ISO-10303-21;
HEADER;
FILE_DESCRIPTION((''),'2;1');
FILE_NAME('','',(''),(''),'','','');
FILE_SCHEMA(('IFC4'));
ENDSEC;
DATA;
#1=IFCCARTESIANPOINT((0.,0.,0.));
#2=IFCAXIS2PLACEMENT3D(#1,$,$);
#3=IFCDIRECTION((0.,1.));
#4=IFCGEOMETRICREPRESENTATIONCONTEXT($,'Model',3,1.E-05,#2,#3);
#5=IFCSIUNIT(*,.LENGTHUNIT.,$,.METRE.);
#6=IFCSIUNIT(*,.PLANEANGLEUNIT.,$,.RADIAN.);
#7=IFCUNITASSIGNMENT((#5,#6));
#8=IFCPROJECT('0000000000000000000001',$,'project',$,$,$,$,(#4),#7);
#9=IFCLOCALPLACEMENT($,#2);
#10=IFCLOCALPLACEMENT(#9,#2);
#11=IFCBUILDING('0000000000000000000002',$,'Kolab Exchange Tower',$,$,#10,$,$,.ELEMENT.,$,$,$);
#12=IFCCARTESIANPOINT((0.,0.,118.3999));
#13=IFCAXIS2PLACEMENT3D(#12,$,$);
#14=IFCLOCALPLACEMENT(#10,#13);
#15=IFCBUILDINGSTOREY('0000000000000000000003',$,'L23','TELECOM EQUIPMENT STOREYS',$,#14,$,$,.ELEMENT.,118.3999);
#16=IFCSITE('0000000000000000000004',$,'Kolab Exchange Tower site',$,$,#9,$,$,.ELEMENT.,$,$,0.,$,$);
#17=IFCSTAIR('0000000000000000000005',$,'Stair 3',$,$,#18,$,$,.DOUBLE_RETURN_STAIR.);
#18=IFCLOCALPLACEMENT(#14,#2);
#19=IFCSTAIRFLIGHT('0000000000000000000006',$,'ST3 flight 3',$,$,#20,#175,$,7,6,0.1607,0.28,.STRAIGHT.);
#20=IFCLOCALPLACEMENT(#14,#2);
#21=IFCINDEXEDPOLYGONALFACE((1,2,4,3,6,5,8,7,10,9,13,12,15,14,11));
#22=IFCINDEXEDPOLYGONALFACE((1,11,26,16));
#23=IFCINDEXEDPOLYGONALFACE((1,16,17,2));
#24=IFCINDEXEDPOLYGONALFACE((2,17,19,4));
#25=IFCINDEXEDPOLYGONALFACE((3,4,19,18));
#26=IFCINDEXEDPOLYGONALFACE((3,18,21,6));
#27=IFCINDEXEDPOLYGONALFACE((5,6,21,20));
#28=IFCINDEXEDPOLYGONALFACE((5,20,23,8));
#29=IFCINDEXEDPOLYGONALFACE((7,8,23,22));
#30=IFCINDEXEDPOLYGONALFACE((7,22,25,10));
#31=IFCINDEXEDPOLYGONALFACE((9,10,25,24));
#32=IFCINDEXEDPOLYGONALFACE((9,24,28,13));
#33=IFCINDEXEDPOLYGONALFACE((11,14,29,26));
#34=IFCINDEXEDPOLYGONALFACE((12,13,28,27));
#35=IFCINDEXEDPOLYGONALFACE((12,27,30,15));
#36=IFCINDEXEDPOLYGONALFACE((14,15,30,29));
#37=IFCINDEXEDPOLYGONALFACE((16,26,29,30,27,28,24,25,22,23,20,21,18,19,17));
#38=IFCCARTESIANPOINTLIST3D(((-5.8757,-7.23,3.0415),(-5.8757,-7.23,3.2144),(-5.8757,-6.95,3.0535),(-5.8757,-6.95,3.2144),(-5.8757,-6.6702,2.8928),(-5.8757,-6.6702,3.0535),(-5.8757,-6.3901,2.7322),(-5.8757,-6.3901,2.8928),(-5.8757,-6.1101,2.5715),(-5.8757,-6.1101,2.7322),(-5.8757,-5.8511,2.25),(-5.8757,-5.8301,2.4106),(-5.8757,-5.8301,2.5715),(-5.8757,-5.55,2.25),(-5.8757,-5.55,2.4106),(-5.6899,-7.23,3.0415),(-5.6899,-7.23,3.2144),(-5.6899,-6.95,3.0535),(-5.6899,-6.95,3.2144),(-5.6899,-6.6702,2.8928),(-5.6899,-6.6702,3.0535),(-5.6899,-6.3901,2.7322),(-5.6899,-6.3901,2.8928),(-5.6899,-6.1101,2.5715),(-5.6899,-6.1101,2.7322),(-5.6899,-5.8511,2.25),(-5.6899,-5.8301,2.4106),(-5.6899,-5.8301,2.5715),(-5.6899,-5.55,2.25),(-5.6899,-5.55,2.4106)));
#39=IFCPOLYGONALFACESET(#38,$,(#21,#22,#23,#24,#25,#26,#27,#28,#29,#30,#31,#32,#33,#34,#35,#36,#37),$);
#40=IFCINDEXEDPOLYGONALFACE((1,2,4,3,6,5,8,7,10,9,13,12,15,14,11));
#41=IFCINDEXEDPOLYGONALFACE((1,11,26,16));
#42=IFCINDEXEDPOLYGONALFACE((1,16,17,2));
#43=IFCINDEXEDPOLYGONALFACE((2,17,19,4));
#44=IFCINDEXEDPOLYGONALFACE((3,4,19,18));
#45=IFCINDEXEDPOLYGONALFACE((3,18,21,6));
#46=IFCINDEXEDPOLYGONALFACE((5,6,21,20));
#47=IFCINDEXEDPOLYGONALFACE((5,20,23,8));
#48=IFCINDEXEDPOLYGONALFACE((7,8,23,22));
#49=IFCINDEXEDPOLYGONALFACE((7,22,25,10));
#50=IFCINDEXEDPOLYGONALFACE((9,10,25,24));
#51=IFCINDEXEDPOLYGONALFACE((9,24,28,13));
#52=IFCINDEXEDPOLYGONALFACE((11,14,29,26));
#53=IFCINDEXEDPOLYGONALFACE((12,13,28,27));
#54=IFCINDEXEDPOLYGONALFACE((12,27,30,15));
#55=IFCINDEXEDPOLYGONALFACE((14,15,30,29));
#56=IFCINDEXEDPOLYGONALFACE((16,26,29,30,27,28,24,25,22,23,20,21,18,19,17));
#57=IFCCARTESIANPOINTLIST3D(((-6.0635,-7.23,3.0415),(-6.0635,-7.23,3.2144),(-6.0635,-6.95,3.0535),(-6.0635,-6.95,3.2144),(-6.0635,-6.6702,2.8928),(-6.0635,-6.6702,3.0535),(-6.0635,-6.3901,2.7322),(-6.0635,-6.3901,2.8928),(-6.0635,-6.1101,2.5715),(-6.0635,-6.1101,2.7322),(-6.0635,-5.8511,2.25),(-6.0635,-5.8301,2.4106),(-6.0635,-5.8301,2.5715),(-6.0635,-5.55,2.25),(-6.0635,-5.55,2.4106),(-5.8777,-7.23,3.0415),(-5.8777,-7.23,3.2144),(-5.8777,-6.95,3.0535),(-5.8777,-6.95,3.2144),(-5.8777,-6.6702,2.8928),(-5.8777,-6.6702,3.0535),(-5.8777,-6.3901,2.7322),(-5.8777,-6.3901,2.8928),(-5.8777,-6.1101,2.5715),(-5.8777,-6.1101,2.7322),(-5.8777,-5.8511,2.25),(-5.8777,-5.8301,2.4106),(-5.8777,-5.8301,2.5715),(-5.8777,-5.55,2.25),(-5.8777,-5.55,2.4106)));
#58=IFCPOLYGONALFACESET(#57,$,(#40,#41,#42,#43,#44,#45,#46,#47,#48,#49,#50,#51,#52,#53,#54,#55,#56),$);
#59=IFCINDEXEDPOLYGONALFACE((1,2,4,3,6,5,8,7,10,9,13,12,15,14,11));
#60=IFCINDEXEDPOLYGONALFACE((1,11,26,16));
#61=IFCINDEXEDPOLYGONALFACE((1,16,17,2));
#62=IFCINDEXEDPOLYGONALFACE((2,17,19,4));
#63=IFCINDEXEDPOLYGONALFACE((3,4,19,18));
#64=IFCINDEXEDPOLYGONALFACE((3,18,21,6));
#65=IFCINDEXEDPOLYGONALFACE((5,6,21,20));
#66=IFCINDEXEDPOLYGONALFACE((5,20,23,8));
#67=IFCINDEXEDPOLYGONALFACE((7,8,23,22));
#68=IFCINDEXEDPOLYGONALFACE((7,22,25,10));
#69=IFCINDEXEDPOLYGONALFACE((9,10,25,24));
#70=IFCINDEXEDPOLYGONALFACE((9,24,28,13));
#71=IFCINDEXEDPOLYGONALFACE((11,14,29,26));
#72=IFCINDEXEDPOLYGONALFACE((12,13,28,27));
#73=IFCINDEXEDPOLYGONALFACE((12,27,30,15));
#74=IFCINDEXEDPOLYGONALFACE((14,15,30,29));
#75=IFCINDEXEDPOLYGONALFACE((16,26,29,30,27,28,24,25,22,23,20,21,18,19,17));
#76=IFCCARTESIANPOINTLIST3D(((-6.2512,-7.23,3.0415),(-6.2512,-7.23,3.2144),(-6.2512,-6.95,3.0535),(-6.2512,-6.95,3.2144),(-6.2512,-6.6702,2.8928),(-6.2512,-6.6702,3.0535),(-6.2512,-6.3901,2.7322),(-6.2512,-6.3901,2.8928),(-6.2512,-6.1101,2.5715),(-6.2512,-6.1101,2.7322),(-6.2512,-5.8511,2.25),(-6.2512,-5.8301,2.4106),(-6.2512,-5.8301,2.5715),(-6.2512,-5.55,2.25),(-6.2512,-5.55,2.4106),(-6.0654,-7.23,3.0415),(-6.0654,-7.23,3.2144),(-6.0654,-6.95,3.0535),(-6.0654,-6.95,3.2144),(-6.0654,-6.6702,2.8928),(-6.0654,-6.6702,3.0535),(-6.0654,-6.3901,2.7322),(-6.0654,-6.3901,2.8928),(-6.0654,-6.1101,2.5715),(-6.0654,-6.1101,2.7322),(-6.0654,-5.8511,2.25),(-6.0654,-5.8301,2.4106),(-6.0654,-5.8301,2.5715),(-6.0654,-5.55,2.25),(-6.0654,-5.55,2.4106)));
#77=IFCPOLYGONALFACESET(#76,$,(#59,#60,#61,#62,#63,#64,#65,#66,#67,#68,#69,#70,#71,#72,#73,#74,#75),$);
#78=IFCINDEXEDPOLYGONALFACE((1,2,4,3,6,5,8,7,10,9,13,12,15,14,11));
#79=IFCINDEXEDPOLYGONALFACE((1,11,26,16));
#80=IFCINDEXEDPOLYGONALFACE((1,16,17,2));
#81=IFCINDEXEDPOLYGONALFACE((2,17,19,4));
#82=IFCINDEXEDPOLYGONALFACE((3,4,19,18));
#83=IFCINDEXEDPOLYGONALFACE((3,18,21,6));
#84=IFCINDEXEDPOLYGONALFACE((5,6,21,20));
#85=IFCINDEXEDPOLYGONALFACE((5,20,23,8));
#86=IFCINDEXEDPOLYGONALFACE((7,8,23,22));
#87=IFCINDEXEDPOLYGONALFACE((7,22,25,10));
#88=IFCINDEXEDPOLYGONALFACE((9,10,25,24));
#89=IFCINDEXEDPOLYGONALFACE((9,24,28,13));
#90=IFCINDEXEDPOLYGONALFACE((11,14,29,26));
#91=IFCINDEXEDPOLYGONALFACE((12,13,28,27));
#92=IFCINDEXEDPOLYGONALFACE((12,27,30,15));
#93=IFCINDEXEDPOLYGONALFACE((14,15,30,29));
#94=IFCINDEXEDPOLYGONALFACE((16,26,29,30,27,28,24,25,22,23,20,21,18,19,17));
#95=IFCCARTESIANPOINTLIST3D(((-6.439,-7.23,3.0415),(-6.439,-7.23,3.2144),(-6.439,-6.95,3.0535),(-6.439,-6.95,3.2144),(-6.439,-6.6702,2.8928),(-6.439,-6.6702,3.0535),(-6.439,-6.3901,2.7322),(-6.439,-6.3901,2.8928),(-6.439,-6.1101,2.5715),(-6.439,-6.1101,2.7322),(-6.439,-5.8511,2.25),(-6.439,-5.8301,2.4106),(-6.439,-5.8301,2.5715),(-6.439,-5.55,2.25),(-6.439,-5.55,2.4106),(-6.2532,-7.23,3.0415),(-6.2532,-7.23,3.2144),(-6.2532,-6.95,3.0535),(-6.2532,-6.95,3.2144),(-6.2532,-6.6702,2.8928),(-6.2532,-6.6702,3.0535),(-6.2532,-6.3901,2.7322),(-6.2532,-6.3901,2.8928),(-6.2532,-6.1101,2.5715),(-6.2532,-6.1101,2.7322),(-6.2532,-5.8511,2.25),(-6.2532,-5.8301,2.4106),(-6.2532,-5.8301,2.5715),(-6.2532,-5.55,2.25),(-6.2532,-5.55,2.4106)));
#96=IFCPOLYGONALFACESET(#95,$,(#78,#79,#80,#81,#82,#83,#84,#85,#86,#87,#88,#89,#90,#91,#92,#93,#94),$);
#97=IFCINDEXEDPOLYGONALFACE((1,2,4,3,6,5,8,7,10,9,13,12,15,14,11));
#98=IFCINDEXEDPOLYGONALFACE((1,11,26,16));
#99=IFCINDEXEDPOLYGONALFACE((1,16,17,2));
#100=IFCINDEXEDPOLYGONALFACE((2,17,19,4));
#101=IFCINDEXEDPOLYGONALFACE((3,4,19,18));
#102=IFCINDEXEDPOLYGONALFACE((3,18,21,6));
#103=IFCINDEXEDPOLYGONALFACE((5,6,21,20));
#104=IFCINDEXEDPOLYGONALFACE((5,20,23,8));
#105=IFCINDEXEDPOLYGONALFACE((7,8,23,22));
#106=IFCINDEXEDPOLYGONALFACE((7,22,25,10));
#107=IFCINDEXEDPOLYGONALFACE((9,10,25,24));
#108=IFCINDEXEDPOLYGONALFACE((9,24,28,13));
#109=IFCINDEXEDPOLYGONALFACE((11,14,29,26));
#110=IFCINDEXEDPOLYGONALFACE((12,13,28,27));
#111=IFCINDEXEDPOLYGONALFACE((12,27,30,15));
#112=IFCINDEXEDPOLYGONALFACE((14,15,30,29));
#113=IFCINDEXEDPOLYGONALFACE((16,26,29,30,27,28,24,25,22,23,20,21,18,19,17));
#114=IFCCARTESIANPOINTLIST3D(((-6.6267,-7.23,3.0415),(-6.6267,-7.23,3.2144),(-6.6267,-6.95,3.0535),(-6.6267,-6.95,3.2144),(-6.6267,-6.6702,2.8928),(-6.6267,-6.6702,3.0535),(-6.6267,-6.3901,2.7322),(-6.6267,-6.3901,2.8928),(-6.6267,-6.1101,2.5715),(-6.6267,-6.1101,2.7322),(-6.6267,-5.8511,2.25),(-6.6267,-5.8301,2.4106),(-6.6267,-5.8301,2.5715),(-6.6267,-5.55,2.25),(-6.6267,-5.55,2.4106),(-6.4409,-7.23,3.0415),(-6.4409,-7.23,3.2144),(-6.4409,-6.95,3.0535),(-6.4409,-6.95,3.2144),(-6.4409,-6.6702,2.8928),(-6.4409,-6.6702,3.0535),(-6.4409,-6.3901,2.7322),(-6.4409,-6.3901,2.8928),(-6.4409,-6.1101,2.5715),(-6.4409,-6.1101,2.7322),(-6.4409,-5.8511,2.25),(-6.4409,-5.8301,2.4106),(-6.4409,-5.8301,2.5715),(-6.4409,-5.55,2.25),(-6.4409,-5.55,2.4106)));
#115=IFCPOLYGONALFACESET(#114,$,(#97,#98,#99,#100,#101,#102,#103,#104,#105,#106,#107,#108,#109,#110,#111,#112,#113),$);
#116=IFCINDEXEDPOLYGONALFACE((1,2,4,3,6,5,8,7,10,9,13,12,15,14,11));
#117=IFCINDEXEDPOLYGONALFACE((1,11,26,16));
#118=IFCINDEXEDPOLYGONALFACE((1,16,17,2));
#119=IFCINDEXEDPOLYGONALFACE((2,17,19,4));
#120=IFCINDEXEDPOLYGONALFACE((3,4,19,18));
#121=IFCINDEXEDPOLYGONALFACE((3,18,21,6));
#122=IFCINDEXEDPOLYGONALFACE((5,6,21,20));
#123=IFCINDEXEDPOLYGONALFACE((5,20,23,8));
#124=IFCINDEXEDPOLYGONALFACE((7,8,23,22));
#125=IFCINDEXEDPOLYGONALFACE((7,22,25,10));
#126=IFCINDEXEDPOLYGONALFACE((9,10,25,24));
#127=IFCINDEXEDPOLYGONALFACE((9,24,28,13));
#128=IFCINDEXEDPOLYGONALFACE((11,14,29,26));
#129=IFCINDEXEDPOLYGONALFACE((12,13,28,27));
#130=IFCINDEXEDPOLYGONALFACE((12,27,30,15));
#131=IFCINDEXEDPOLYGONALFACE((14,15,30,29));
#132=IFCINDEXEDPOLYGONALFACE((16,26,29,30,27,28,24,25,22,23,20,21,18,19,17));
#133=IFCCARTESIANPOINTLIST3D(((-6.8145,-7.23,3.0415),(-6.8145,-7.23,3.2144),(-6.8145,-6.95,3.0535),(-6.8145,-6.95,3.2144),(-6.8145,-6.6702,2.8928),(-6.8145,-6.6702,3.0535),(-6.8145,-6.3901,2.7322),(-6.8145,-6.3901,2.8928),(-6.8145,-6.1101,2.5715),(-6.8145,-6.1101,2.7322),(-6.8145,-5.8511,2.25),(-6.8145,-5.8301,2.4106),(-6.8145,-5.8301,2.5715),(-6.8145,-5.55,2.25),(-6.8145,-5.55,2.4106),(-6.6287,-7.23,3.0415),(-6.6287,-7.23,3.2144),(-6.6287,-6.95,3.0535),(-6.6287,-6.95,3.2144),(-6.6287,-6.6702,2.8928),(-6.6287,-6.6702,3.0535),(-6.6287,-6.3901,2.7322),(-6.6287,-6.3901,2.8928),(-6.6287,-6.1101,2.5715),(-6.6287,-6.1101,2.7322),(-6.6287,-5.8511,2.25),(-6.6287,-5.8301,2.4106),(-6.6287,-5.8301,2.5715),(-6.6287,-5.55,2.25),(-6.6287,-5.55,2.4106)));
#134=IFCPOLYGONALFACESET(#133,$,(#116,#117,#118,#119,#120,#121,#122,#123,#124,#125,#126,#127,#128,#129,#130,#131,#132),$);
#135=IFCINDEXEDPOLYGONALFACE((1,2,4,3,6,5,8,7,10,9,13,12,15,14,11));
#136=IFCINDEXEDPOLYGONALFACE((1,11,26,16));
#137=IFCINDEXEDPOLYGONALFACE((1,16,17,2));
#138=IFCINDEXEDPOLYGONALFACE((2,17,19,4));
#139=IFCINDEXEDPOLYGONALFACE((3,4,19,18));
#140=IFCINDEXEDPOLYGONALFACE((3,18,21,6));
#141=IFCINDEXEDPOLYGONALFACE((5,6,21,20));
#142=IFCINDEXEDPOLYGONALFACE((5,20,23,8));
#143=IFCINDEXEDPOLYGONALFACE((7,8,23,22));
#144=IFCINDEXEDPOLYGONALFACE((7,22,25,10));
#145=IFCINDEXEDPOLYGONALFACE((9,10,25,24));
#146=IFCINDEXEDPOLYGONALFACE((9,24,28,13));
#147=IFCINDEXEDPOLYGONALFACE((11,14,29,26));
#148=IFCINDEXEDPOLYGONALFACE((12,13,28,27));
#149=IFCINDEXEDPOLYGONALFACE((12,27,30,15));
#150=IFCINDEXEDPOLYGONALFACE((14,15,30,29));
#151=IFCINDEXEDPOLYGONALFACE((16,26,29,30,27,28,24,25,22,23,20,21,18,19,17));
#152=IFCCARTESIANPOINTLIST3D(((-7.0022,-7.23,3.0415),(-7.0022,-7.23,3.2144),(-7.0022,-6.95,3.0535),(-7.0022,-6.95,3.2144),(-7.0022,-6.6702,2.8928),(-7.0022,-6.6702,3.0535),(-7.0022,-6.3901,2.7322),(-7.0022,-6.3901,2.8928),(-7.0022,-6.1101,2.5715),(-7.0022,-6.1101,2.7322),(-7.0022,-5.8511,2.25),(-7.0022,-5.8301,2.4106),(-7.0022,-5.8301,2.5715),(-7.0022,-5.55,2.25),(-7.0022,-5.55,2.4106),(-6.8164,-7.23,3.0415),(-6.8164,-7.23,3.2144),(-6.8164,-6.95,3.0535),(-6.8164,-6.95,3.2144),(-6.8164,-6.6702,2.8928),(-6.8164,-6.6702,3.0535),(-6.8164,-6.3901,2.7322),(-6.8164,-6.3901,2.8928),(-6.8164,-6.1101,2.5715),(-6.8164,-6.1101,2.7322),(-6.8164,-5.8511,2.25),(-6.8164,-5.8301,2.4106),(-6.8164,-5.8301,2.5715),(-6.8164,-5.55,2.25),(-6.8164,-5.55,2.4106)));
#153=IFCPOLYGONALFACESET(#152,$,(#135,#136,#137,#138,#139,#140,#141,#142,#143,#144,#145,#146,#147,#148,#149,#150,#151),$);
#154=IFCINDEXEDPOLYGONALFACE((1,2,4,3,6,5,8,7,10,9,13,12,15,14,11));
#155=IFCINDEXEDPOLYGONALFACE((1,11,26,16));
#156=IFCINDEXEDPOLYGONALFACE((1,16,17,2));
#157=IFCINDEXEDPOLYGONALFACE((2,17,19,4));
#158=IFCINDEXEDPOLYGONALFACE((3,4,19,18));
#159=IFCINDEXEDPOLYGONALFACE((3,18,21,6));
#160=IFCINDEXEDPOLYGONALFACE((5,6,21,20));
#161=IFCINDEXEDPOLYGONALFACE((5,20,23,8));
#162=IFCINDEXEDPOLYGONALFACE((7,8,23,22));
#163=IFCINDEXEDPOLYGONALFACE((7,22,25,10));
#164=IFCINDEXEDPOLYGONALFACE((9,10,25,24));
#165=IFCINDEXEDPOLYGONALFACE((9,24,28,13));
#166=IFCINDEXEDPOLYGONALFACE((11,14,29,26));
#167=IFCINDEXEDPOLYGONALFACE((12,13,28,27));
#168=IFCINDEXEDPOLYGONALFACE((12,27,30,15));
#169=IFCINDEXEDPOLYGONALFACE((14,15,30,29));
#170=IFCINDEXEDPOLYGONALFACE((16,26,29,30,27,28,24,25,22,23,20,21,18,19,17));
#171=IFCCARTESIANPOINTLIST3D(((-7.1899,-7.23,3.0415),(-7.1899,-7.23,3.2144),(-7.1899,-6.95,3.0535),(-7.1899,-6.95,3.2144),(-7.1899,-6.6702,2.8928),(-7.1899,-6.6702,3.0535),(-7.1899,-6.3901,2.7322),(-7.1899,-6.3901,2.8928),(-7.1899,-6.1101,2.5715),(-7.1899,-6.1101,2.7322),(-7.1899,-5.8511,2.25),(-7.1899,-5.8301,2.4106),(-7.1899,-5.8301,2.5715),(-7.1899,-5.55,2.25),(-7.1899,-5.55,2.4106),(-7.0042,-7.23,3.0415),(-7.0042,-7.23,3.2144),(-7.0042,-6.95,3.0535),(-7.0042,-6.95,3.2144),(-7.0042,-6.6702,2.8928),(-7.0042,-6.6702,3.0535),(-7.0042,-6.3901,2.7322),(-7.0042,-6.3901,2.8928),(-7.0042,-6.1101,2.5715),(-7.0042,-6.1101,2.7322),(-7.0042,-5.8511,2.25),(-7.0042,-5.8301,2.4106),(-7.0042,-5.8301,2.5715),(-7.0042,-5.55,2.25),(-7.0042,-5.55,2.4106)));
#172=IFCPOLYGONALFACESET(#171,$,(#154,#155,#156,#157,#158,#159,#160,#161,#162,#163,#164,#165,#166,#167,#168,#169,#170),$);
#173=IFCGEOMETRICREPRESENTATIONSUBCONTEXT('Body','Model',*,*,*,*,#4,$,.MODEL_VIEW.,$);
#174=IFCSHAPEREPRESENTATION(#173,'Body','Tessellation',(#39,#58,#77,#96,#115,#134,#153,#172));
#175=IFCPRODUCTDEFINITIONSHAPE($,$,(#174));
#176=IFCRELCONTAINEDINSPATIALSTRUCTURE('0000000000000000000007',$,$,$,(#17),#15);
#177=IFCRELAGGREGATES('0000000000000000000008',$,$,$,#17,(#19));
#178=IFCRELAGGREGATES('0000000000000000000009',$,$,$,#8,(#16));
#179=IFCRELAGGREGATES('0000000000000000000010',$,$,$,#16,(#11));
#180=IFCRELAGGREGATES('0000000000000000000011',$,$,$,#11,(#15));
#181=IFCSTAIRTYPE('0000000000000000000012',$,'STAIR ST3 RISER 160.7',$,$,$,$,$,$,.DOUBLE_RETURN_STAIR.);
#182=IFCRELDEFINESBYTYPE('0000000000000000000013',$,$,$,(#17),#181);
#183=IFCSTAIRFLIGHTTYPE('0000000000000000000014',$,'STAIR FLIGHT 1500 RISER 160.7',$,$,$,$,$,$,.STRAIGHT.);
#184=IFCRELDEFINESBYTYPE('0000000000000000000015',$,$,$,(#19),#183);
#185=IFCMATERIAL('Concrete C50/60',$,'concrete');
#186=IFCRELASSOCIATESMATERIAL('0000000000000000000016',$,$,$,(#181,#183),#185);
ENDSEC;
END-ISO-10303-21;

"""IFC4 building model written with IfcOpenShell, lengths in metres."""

from ifc_helpers import new_model, si_unit, direction, frame, origin, place, context, subcontext, project, spatial, polyline, outline, extrude, material, type_object, element, aggregate, save


model = new_model("IFC4")

# Units and contexts
model_context = context("Model", 3, precision=1e-05, world=origin(), true_north=direction((0.0, 1.0)))
body_context = subcontext(model_context, "Body", "Model", "MODEL_VIEW")
ifc_project = project(units=[si_unit("LENGTHUNIT", "METRE"), si_unit("PLANEANGLEUNIT", "RADIAN")], contexts=[model_context])

# Site, building, storey
site_placement = place(None, origin())
site = spatial("IfcSite", under=ifc_project, at=site_placement, Name="Kolab Exchange Tower site", CompositionType="ELEMENT", RefElevation=0.0)
building_placement = place(site_placement, origin())
building = spatial("IfcBuilding", under=site, at=building_placement, Name="Kolab Exchange Tower", CompositionType="ELEMENT")
storey_placement = place(building_placement, frame((0.0, 0.0, 118.3999)))
storey = spatial("IfcBuildingStorey", under=building, at=storey_placement, Name="L23", Description="TELECOM EQUIPMENT STOREYS", CompositionType="ELEMENT", Elevation=118.3999)

# Shared definitions
ifc_material_1 = material(Name="Concrete C50/60", Category="concrete")

# Stair, stair flight
stair_type = type_object("IfcStairType", Name="STAIR ST3 RISER 160.7", PredefinedType="DOUBLE_RETURN_STAIR", material=ifc_material_1)
stair_placement = place(storey_placement, origin())
stair = element("IfcStair", 1, at=stair_placement, inside=storey, type_object=stair_type, Name="Stair 3", PredefinedType="DOUBLE_RETURN_STAIR")
stair_flight_type = type_object("IfcStairFlightType", Name="STAIR FLIGHT 1500 RISER 160.7", PredefinedType="STRAIGHT", material=ifc_material_1)
stair_flight_1_placement = place(storey_placement, frame((-6.4399, -5.55, 2.25), z_axis=(0.0, 0.0, 1.0), x_axis=(0.0, -1.0, 0.0)))
stair_flight_1 = element("IfcStairFlight", 2, at=stair_flight_1_placement, type_object=stair_flight_type, Name="ST3 flight 3", NumberOfRisers=7, NumberOfTreads=6, PredefinedType="STRAIGHT", RiserHeight=0.1607, TreadLength=0.28, context=body_context, shape_type="SweptSolid", body=[
    extrude(outline(polyline([(0.0, 0.0), (0.0, 0.1606), (0.28, 0.1606), (0.28, 0.3215), (0.5601, 0.3215), (0.5601, 0.4822), (0.8401, 0.4822), (0.8401, 0.6428), (1.1201, 0.6428), (1.1201, 0.8035), (1.3999, 0.8035), (1.3999, 0.9644), (1.6799, 0.9644), (1.6799, 1.125), (1.6799, 0.7915), (0.301, 0.0), (0.0, 0.0)])), frame((0.0, 0.75, 0.0), z_axis=(0.0, -1.0, 0.0), x_axis=(1.0, 0.0, 0.0)), (0.0, 0.0, 1.0), 0.1858),
    extrude(outline(polyline([(0.0, 0.0), (0.0, 0.1606), (0.28, 0.1606), (0.28, 0.3215), (0.5601, 0.3215), (0.5601, 0.4822), (0.8401, 0.4822), (0.8401, 0.6428), (1.1201, 0.6428), (1.1201, 0.8035), (1.3999, 0.8035), (1.3999, 0.9644), (1.6799, 0.9644), (1.6799, 1.125), (1.6799, 0.7915), (0.301, 0.0), (0.0, 0.0)])), frame((0.0, 0.5623, 0.0), z_axis=(0.0, -1.0, 0.0), x_axis=(1.0, 0.0, 0.0)), (0.0, 0.0, 1.0), 0.1858),
    extrude(outline(polyline([(0.0, 0.0), (0.0, 0.1606), (0.28, 0.1606), (0.28, 0.3215), (0.5601, 0.3215), (0.5601, 0.4822), (0.8401, 0.4822), (0.8401, 0.6428), (1.1201, 0.6428), (1.1201, 0.8035), (1.3999, 0.8035), (1.3999, 0.9644), (1.6799, 0.9644), (1.6799, 1.125), (1.6799, 0.7915), (0.301, 0.0), (0.0, 0.0)])), frame((0.0, 0.3745, 0.0), z_axis=(0.0, -1.0, 0.0), x_axis=(1.0, 0.0, 0.0)), (0.0, 0.0, 1.0), 0.1858),
    extrude(outline(polyline([(0.0, 0.0), (0.0, 0.1606), (0.28, 0.1606), (0.28, 0.3215), (0.5601, 0.3215), (0.5601, 0.4822), (0.8401, 0.4822), (0.8401, 0.6428), (1.1201, 0.6428), (1.1201, 0.8035), (1.3999, 0.8035), (1.3999, 0.9644), (1.6799, 0.9644), (1.6799, 1.125), (1.6799, 0.7915), (0.301, 0.0), (0.0, 0.0)])), frame((0.0, 0.1868, 0.0), z_axis=(0.0, -1.0, 0.0), x_axis=(1.0, 0.0, 0.0)), (0.0, 0.0, 1.0), 0.1858),
    extrude(outline(polyline([(0.0, 0.0), (0.0, 0.1606), (0.28, 0.1606), (0.28, 0.3215), (0.5601, 0.3215), (0.5601, 0.4822), (0.8401, 0.4822), (0.8401, 0.6428), (1.1201, 0.6428), (1.1201, 0.8035), (1.3999, 0.8035), (1.3999, 0.9644), (1.6799, 0.9644), (1.6799, 1.125), (1.6799, 0.7915), (0.301, 0.0), (0.0, 0.0)])), frame((0.0, -0.001, 0.0), z_axis=(0.0, -1.0, 0.0), x_axis=(1.0, 0.0, 0.0)), (0.0, 0.0, 1.0), 0.1858),
    extrude(outline(polyline([(0.0, 0.0), (0.0, 0.1606), (0.28, 0.1606), (0.28, 0.3215), (0.5601, 0.3215), (0.5601, 0.4822), (0.8401, 0.4822), (0.8401, 0.6428), (1.1201, 0.6428), (1.1201, 0.8035), (1.3999, 0.8035), (1.3999, 0.9644), (1.6799, 0.9644), (1.6799, 1.125), (1.6799, 0.7915), (0.301, 0.0), (0.0, 0.0)])), frame((0.0, -0.1887, 0.0), z_axis=(0.0, -1.0, 0.0), x_axis=(1.0, 0.0, 0.0)), (0.0, 0.0, 1.0), 0.1858),
    extrude(outline(polyline([(0.0, 0.0), (0.0, 0.1606), (0.28, 0.1606), (0.28, 0.3215), (0.5601, 0.3215), (0.5601, 0.4822), (0.8401, 0.4822), (0.8401, 0.6428), (1.1201, 0.6428), (1.1201, 0.8035), (1.3999, 0.8035), (1.3999, 0.9644), (1.6799, 0.9644), (1.6799, 1.125), (1.6799, 0.7915), (0.301, 0.0), (0.0, 0.0)])), frame((0.0, -0.3765, 0.0), z_axis=(0.0, -1.0, 0.0), x_axis=(1.0, 0.0, 0.0)), (0.0, 0.0, 1.0), 0.1858),
    extrude(outline(polyline([(0.0, 0.0), (0.0, 0.1606), (0.28, 0.1606), (0.28, 0.3215), (0.5601, 0.3215), (0.5601, 0.4822), (0.8401, 0.4822), (0.8401, 0.6428), (1.1201, 0.6428), (1.1201, 0.8035), (1.3999, 0.8035), (1.3999, 0.9644), (1.6799, 0.9644), (1.6799, 1.125), (1.6799, 0.7915), (0.301, 0.0), (0.0, 0.0)])), frame((0.0, -0.5642, 0.0), z_axis=(0.0, -1.0, 0.0), x_axis=(1.0, 0.0, 0.0)), (0.0, 0.0, 1.0), 0.1858),
])
aggregate(stair, [stair_flight_1])

save(model, "model.ifc")
